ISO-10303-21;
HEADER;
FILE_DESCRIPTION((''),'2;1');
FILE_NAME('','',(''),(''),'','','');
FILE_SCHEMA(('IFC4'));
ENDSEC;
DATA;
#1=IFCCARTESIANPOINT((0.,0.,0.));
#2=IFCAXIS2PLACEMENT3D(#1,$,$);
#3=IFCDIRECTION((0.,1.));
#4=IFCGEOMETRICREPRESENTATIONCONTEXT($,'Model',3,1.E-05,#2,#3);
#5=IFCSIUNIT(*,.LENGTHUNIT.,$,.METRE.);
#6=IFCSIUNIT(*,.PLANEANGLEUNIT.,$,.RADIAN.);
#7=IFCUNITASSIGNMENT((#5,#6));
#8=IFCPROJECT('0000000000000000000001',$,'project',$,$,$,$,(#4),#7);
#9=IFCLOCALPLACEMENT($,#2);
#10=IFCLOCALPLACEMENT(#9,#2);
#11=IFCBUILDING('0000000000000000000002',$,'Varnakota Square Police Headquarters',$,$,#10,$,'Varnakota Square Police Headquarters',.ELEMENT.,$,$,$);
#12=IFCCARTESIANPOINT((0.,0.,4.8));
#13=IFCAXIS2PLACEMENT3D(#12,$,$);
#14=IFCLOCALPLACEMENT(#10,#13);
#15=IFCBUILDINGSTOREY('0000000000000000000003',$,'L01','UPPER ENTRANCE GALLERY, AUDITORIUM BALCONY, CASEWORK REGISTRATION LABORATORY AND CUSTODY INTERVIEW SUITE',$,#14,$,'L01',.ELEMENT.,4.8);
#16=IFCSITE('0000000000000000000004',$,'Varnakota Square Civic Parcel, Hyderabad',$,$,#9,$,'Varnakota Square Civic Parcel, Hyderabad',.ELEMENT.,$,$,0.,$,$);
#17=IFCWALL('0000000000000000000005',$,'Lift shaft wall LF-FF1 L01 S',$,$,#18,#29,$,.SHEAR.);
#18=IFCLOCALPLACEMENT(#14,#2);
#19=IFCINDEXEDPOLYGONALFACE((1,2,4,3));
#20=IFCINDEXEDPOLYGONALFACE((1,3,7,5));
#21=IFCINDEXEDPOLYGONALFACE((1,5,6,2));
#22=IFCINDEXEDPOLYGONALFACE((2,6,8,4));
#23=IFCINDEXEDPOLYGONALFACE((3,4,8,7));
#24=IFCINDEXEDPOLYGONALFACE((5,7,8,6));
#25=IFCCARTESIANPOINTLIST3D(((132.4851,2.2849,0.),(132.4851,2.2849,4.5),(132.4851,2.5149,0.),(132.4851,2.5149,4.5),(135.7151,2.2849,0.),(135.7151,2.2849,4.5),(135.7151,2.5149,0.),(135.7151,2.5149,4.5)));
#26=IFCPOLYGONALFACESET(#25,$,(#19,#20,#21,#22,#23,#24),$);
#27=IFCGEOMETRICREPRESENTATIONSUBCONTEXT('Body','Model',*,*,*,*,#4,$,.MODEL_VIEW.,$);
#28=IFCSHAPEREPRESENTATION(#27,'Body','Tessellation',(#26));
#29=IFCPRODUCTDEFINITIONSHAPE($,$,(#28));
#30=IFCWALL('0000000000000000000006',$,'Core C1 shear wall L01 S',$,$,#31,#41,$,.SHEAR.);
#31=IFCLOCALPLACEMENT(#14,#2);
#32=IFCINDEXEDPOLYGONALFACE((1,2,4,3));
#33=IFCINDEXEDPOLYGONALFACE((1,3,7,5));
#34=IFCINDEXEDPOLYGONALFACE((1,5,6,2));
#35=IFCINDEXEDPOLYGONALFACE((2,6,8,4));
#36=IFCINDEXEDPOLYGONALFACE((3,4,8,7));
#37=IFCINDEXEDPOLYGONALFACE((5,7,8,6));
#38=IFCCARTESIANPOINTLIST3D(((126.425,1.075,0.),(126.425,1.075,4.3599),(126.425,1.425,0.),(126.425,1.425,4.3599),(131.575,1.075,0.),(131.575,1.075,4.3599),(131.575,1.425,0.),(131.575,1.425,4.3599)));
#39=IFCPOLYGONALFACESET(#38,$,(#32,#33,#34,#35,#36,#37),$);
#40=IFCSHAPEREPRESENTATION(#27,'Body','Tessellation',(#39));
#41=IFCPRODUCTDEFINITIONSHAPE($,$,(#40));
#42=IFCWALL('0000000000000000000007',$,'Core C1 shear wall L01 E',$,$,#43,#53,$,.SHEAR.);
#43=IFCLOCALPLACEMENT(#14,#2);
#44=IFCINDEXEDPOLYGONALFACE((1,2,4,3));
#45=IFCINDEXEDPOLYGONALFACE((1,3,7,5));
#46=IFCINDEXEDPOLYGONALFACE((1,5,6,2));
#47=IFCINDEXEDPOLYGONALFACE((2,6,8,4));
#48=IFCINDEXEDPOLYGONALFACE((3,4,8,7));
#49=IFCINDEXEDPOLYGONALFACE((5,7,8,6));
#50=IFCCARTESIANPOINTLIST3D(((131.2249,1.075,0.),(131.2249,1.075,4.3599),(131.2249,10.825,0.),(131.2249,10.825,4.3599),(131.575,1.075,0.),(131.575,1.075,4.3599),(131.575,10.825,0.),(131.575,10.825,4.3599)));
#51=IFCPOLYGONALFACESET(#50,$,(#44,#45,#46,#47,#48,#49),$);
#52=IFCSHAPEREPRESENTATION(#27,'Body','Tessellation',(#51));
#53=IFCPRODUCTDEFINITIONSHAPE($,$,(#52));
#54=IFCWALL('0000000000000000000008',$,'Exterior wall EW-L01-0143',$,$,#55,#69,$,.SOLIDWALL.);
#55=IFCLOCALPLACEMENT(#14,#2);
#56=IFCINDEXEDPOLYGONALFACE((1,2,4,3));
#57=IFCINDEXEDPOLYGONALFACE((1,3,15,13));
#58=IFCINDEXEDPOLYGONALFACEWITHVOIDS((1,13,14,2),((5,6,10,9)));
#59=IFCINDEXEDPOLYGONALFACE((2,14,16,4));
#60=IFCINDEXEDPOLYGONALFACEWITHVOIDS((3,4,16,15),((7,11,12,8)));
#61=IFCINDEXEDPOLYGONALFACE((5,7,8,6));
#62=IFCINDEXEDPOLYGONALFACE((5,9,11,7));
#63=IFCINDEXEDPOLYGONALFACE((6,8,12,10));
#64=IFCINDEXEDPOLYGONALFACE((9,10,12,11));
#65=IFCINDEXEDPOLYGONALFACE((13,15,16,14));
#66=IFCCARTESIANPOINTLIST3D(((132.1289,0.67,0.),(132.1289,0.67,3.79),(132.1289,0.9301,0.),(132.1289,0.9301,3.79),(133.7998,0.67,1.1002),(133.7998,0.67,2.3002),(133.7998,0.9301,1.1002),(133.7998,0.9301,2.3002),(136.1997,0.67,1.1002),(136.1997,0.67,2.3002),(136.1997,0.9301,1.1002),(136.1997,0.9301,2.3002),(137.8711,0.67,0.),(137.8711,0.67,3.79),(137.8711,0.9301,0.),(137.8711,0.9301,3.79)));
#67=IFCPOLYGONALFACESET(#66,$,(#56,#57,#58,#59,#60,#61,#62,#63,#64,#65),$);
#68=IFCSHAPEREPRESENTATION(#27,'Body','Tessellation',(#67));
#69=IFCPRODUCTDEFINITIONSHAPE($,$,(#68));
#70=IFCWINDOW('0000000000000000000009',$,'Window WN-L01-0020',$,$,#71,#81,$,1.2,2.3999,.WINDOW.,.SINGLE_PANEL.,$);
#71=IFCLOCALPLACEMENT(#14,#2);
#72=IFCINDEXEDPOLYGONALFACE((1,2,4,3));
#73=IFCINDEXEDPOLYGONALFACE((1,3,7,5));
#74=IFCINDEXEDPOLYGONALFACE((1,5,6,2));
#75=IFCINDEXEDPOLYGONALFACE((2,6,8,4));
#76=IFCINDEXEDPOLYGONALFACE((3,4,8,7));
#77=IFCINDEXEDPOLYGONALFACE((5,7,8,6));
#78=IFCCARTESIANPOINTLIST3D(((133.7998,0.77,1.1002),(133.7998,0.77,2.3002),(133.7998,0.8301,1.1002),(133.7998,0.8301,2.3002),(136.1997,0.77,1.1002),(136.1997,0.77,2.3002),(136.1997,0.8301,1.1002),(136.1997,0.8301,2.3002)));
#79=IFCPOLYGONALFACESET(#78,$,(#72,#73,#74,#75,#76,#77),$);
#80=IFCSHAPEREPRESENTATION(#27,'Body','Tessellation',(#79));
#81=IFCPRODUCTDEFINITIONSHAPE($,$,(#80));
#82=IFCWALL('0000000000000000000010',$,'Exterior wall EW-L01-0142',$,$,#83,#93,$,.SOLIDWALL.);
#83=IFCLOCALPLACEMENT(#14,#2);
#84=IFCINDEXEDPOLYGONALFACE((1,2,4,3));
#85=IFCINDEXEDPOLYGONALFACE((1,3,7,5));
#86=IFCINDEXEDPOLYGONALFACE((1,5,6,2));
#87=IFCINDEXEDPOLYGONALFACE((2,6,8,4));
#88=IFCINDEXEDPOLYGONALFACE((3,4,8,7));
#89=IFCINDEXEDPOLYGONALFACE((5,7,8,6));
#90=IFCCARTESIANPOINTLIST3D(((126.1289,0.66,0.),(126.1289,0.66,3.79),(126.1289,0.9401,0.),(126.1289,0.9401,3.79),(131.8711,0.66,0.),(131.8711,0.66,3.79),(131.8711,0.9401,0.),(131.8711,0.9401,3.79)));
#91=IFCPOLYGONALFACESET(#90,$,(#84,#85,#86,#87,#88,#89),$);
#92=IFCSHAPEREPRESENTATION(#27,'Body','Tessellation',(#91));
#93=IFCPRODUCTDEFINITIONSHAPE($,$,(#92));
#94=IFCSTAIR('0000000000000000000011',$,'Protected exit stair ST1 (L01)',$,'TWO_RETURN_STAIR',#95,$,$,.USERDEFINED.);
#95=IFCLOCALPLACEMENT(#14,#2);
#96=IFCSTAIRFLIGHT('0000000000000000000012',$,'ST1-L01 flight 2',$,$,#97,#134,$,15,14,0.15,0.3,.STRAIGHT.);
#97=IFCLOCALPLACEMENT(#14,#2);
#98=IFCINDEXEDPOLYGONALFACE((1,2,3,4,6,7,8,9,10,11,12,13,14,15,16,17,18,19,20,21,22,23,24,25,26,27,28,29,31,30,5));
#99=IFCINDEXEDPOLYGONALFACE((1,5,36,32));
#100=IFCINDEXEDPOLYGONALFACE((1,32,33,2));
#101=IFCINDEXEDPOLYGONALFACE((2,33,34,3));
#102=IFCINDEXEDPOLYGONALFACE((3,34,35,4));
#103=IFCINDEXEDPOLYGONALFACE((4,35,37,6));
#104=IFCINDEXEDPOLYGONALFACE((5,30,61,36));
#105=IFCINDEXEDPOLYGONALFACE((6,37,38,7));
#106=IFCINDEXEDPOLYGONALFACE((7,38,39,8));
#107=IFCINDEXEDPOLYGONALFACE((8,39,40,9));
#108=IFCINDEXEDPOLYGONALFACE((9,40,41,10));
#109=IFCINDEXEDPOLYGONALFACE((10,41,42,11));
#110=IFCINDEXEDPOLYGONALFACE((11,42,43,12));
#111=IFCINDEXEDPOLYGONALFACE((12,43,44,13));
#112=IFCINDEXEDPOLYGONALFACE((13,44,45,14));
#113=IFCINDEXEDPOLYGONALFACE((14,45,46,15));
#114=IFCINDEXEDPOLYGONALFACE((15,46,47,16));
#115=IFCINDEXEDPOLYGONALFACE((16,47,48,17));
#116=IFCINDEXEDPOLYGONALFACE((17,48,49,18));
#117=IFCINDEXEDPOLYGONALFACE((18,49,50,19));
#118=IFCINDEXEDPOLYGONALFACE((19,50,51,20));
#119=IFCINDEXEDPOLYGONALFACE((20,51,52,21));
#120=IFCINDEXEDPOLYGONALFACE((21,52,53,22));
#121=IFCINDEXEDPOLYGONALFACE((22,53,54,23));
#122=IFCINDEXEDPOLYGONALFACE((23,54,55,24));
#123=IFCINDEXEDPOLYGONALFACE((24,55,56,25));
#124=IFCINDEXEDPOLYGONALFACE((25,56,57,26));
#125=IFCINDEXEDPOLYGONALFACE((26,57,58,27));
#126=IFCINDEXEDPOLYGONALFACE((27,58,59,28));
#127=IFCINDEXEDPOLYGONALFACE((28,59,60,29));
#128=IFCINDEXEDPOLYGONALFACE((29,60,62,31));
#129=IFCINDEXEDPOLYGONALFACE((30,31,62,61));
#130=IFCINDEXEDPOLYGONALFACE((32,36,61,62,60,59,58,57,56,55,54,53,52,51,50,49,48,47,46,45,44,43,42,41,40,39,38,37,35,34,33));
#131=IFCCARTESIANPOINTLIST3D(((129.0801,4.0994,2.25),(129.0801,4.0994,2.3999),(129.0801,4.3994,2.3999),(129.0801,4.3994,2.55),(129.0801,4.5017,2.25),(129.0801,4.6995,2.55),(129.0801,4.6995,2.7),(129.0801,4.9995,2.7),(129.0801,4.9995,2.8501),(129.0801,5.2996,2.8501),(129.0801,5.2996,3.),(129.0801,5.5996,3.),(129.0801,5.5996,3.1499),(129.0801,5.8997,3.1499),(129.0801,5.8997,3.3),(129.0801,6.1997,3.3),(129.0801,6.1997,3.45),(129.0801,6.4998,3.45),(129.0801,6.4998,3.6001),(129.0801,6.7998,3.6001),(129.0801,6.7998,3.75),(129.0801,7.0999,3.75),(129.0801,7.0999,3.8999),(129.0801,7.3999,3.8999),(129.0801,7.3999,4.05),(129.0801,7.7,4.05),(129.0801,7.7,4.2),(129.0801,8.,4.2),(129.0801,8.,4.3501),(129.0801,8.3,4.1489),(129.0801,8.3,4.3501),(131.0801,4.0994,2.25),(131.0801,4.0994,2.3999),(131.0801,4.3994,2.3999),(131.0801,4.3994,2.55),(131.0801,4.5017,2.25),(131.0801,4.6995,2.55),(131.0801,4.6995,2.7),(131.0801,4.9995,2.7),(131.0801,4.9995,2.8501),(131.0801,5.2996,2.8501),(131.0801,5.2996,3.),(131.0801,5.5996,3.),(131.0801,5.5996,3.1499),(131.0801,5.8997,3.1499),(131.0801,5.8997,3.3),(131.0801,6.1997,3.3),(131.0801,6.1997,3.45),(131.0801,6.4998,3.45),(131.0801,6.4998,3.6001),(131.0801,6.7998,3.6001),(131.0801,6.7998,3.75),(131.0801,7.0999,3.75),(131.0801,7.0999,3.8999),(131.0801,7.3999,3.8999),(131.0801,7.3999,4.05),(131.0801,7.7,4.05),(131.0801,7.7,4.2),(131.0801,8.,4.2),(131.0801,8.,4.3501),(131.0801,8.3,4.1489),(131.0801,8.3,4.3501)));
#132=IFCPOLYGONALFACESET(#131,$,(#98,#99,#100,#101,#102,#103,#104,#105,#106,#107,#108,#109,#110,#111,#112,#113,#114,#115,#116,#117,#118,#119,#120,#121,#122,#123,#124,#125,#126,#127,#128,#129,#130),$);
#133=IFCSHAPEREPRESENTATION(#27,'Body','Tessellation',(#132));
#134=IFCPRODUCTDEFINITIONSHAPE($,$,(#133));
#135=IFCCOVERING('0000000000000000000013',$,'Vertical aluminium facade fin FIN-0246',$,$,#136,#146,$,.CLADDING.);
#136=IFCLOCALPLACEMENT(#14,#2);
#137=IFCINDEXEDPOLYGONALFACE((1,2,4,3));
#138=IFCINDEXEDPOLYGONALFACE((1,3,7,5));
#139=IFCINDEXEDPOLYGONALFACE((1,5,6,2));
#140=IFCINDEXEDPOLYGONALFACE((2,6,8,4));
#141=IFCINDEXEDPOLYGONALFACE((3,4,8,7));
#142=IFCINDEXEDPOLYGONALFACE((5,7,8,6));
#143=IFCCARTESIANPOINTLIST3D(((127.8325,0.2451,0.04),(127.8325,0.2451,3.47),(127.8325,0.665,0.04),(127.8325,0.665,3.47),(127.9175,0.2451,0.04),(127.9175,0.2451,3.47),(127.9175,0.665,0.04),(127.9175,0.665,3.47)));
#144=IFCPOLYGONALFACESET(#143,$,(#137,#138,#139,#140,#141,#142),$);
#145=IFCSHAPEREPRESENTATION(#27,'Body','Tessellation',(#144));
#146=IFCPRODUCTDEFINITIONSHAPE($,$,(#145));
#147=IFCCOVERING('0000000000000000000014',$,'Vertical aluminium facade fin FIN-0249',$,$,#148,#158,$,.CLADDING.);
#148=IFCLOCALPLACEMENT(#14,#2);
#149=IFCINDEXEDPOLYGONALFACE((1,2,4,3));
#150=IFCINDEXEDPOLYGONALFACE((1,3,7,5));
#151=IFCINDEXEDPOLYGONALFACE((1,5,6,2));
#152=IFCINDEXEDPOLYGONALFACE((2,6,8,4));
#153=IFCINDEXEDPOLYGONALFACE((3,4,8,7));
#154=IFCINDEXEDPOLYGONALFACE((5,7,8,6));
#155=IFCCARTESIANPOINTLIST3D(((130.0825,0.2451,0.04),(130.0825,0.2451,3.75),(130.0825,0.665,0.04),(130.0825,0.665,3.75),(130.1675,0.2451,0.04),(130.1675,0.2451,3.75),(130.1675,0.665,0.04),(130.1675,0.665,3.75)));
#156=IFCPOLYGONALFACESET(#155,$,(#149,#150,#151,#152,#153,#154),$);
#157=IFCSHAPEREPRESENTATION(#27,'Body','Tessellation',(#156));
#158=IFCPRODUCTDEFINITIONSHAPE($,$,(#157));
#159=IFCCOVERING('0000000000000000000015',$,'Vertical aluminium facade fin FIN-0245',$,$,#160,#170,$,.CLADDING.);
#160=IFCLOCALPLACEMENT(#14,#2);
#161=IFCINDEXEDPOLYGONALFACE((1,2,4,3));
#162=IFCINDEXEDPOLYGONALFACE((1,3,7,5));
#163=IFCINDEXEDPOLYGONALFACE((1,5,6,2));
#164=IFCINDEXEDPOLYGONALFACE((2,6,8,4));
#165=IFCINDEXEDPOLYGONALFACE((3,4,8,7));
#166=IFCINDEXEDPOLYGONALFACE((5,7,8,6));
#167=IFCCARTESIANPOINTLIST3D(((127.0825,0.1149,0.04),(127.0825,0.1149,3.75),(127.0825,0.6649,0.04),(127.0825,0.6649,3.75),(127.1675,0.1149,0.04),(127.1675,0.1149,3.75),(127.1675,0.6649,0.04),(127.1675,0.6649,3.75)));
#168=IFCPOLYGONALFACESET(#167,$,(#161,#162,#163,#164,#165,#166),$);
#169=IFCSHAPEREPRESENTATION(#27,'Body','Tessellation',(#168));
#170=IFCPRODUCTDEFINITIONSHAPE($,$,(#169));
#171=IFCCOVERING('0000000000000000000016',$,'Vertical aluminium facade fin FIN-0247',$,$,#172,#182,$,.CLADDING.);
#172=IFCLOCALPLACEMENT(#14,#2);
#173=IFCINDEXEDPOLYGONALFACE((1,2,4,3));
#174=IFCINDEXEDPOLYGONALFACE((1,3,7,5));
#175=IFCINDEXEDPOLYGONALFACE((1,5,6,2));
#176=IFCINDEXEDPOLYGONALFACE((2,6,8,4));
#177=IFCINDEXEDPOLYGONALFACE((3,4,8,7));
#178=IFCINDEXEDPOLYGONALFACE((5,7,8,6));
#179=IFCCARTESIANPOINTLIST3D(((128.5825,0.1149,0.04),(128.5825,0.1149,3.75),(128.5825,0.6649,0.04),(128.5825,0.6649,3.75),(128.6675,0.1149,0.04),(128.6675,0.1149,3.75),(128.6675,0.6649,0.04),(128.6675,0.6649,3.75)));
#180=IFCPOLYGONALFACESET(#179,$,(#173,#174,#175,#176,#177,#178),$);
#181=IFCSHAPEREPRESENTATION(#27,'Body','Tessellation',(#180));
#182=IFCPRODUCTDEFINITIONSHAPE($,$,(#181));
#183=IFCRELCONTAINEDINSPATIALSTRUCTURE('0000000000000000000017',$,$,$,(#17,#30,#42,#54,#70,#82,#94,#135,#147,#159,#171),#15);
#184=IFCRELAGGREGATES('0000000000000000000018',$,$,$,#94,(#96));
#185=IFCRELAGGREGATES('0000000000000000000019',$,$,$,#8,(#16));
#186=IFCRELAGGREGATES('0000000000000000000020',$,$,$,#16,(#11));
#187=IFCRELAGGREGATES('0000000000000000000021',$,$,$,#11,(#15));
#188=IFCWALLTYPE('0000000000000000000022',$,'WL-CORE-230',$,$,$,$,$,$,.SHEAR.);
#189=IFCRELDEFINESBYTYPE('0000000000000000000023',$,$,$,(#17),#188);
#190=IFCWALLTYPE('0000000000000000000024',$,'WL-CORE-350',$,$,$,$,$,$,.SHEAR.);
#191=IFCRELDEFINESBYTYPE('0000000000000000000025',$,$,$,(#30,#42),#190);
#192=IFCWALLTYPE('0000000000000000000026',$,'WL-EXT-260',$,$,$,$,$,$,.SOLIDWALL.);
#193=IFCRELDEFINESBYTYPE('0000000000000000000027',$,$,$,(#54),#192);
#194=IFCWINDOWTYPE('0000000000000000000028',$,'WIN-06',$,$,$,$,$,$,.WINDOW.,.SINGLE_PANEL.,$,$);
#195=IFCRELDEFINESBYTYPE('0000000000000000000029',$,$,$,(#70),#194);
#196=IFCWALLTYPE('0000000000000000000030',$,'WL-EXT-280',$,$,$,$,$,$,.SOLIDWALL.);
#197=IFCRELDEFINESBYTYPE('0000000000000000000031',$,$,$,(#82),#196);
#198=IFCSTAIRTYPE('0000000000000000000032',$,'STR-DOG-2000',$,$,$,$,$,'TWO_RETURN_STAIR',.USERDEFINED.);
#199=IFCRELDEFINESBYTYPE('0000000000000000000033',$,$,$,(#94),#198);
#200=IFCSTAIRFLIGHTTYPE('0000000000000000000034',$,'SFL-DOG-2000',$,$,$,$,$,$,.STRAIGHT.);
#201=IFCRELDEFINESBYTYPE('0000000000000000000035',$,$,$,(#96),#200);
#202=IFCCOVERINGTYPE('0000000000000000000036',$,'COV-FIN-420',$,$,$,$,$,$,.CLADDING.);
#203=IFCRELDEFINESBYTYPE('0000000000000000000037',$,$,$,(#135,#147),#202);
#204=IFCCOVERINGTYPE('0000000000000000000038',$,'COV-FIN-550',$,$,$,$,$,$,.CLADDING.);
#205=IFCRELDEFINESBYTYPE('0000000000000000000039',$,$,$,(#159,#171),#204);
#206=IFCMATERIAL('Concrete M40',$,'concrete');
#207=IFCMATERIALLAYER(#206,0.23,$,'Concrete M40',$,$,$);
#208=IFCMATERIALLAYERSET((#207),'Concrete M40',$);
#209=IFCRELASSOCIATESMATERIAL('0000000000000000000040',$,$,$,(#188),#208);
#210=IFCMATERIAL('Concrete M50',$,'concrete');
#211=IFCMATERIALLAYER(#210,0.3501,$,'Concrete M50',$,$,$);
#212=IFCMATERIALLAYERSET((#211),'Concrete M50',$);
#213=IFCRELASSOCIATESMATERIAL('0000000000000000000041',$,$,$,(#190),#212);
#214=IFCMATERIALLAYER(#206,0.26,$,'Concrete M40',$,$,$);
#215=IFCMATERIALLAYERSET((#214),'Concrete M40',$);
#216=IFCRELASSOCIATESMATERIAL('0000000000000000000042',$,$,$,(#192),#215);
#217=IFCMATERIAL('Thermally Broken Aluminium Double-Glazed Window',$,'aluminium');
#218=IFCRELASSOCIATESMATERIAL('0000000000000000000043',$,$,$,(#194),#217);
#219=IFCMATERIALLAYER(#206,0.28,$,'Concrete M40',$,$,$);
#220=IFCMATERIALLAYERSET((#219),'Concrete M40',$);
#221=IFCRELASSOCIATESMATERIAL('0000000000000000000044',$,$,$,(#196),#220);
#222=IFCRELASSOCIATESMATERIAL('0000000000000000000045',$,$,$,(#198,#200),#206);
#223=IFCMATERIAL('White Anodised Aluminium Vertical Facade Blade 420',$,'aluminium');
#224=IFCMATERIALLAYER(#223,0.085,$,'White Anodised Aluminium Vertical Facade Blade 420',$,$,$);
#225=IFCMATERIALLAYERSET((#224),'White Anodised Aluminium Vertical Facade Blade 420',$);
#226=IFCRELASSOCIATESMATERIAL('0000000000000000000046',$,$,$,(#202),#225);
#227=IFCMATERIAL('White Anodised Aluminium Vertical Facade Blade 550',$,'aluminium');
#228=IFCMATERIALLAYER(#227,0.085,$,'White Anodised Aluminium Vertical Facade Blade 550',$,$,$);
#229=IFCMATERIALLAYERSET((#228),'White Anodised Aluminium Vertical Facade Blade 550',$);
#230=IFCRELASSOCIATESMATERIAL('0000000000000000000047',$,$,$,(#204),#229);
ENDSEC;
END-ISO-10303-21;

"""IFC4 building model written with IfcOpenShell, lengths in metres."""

from ifc_helpers import new_model, si_unit, direction, frame, frame_2d, origin, origin_2d, place, context, subcontext, project, spatial, polyline, rectangle, outline, extrude, material, layer, layer_set, type_object, element, fill, aggregate, save


model = new_model("IFC4")

# Units and contexts
model_context = context("Model", 3, precision=1e-05, world=origin(), true_north=direction((0.0, 1.0)))
body_context = subcontext(model_context, "Body", "Model", "MODEL_VIEW")
ifc_project = project(units=[si_unit("LENGTHUNIT", "METRE"), si_unit("PLANEANGLEUNIT", "RADIAN")], contexts=[model_context])

# Site, building, storey
site_placement = place(None, origin())
site = spatial("IfcSite", under=ifc_project, at=site_placement, Name="Varnakota Square Civic Parcel, Hyderabad", LongName="Varnakota Square Civic Parcel, Hyderabad", CompositionType="ELEMENT", RefElevation=0.0)
building_placement = place(site_placement, origin())
building = spatial("IfcBuilding", under=site, at=building_placement, Name="Varnakota Square Police Headquarters", LongName="Varnakota Square Police Headquarters", CompositionType="ELEMENT")
storey_placement = place(building_placement, frame((0.0, 0.0, 4.8)))
storey = spatial("IfcBuildingStorey", under=building, at=storey_placement, Name="L01", Description="UPPER ENTRANCE GALLERY, AUDITORIUM BALCONY, CASEWORK REGISTRATION LABORATORY AND CUSTODY INTERVIEW SUITE", LongName="L01", CompositionType="ELEMENT", Elevation=4.8)

# Walls
ifc_material_1 = material(Name="Concrete M40", Category="concrete")
ifc_layer_1 = layer(ifc_material_1, 0.23, Name="Concrete M40")
ifc_layer_set_1 = layer_set([ifc_layer_1], Name="Concrete M40")
wall_type_1 = type_object("IfcWallType", Name="WL-CORE-230", PredefinedType="SHEAR", material=ifc_layer_set_1)
wall_1_placement = place(storey_placement, frame((132.4851, 2.3999, 0.0), z_axis=(0.0, 0.0, 1.0), x_axis=(1.0, 0.0, 0.0)))
element("IfcWall", 1, at=wall_1_placement, inside=storey, type_object=wall_type_1, Name="Lift shaft wall LF-FF1 L01 S", PredefinedType="SHEAR", context=body_context, shape_type="SweptSolid", body=[
    extrude(rectangle(XDim=3.23, YDim=0.23, at=frame_2d((1.615, 0.0))), origin(), (0.0, 0.0, 1.0), 4.5),
])
ifc_material_2 = material(Name="Concrete M50", Category="concrete")
ifc_layer_2 = layer(ifc_material_2, 0.3501, Name="Concrete M50")
ifc_layer_set_2 = layer_set([ifc_layer_2], Name="Concrete M50")
wall_type_2 = type_object("IfcWallType", Name="WL-CORE-350", PredefinedType="SHEAR", material=ifc_layer_set_2)
wall_2_placement = place(storey_placement, frame((126.425, 1.25, 0.0), z_axis=(0.0, 0.0, 1.0), x_axis=(1.0, 0.0, 0.0)))
element("IfcWall", 2, at=wall_2_placement, inside=storey, type_object=wall_type_2, Name="Core C1 shear wall L01 S", PredefinedType="SHEAR", context=body_context, shape_type="SweptSolid", body=[
    extrude(rectangle(XDim=5.1499, YDim=0.3501, at=frame_2d((2.575, 0.0))), origin(), (0.0, 0.0, 1.0), 4.3599),
])
wall_3_placement = place(storey_placement, frame((131.3999, 1.075, 0.0), z_axis=(0.0, 0.0, 1.0), x_axis=(0.0, 1.0, 0.0)))
element("IfcWall", 3, at=wall_3_placement, inside=storey, type_object=wall_type_2, Name="Core C1 shear wall L01 E", PredefinedType="SHEAR", context=body_context, shape_type="SweptSolid", body=[
    extrude(rectangle(XDim=9.75, YDim=0.3501, at=frame_2d((4.875, 0.0))), origin(), (0.0, 0.0, 1.0), 4.3599),
])

# Wall, opening, window
ifc_layer_3 = layer(ifc_material_1, 0.26, Name="Concrete M40")
ifc_layer_set_3 = layer_set([ifc_layer_3], Name="Concrete M40")
wall_type_3 = type_object("IfcWallType", Name="WL-EXT-260", PredefinedType="SOLIDWALL", material=ifc_layer_set_3)
wall_4_placement = place(storey_placement, frame((132.1289, 0.8, 0.0), z_axis=(0.0, 0.0, 1.0), x_axis=(1.0, 0.0, 0.0)))
wall_4 = element("IfcWall", 4, at=wall_4_placement, inside=storey, type_object=wall_type_3, Name="Exterior wall EW-L01-0143", PredefinedType="SOLIDWALL", context=body_context, shape_type="SweptSolid", body=[
    extrude(rectangle(XDim=5.7422, YDim=0.26, at=frame_2d((2.8711, 0.0))), origin(), (0.0, 0.0, 1.0), 3.79),
])
opening_placement = place(wall_4_placement, frame((1.6709, 0.0, 1.1001)))
opening = element("IfcOpeningElement", 5, at=opening_placement, cuts=wall_4, PredefinedType="OPENING", context=body_context, shape_type="SweptSolid", body=[
    extrude(rectangle(XDim=2.3999, YDim=1.2, at=frame_2d((1.2, 0.6001))), frame((0.0, 0.1399, 0.0), z_axis=(0.0, -1.0, 0.0), x_axis=(1.0, 0.0, 0.0)), (0.0, 0.0, 1.0), 0.28),
])
ifc_material_3 = material(Name="Thermally Broken Aluminium Double-Glazed Window", Category="aluminium")
window_type = type_object("IfcWindowType", Name="WIN-06", PartitioningType="SINGLE_PANEL", PredefinedType="WINDOW", material=ifc_material_3)
window_placement = place(opening_placement, origin())
window = element("IfcWindow", 6, at=window_placement, inside=storey, type_object=window_type, Name="Window WN-L01-0020", OverallHeight=1.2, OverallWidth=2.3999, PartitioningType="SINGLE_PANEL", PredefinedType="WINDOW", context=body_context, shape_type="SweptSolid", body=[
    extrude(rectangle(XDim=2.3999, YDim=1.2, at=frame_2d((1.2, 0.6001))), frame((0.0, 0.03, 0.0), z_axis=(0.0, -1.0, 0.0), x_axis=(1.0, 0.0, 0.0)), (0.0, 0.0, 1.0), 0.0601),
])
fill(opening, window)

# Wall
ifc_layer_4 = layer(ifc_material_1, 0.28, Name="Concrete M40")
ifc_layer_set_4 = layer_set([ifc_layer_4], Name="Concrete M40")
wall_type_4 = type_object("IfcWallType", Name="WL-EXT-280", PredefinedType="SOLIDWALL", material=ifc_layer_set_4)
wall_5_placement = place(storey_placement, frame((126.1289, 0.8, 0.0), z_axis=(0.0, 0.0, 1.0), x_axis=(1.0, 0.0, 0.0)))
element("IfcWall", 7, at=wall_5_placement, inside=storey, type_object=wall_type_4, Name="Exterior wall EW-L01-0142", PredefinedType="SOLIDWALL", context=body_context, shape_type="SweptSolid", body=[
    extrude(rectangle(XDim=5.7422, YDim=0.28, at=frame_2d((2.8711, 0.0))), origin(), (0.0, 0.0, 1.0), 3.79),
])

# Stair, stair flight
stair_type = type_object("IfcStairType", Name="STR-DOG-2000", ElementType="TWO_RETURN_STAIR", PredefinedType="USERDEFINED", material=ifc_material_1)
stair_placement = place(storey_placement, origin())
stair = element("IfcStair", 8, at=stair_placement, inside=storey, type_object=stair_type, Name="Protected exit stair ST1 (L01)", ObjectType="TWO_RETURN_STAIR", PredefinedType="USERDEFINED")
stair_flight_type = type_object("IfcStairFlightType", Name="SFL-DOG-2000", PredefinedType="STRAIGHT", material=ifc_material_1)
stair_flight_placement = place(storey_placement, frame((130.0801, 4.0994, 2.25), z_axis=(0.0, 0.0, 1.0), x_axis=(0.0, 1.0, 0.0)))
stair_flight = element("IfcStairFlight", 9, at=stair_flight_placement, type_object=stair_flight_type, Name="ST1-L01 flight 2", NumberOfRisers=15, NumberOfTreads=14, PredefinedType="STRAIGHT", RiserHeight=0.15, TreadLength=0.3, context=body_context, shape_type="SweptSolid", body=[
    extrude(outline(polyline([(0.0, 0.0), (0.0, 0.1499), (0.3, 0.1499), (0.3, 0.3), (0.6001, 0.3), (0.6001, 0.45), (0.9001, 0.45), (0.9001, 0.6001), (1.2002, 0.6001), (1.2002, 0.75), (1.5002, 0.75), (1.5002, 0.8999), (1.8003, 0.8999), (1.8003, 1.05), (2.1003, 1.05), (2.1003, 1.2), (2.4004, 1.2), (2.4004, 1.3501), (2.7004, 1.3501), (2.7004, 1.5), (3.0005, 1.5), (3.0005, 1.6499), (3.3005, 1.6499), (3.3005, 1.8), (3.6006, 1.8), (3.6006, 1.95), (3.9006, 1.95), (3.9006, 2.1001), (4.2007, 2.1001), (4.2007, 2.25), (4.2007, 1.8989), (0.4023, 0.0), (0.0, 0.0)])), frame((0.0, 1.0, 0.0), z_axis=(0.0, -1.0, 0.0), x_axis=(1.0, 0.0, 0.0)), (0.0, 0.0, 1.0), 2.0),
])
aggregate(stair, [stair_flight])

# Coverings
ifc_material_4 = material(Name="White Anodised Aluminium Vertical Facade Blade 420", Category="aluminium")
ifc_layer_5 = layer(ifc_material_4, 0.085, Name="White Anodised Aluminium Vertical Facade Blade 420")
ifc_layer_set_5 = layer_set([ifc_layer_5], Name="White Anodised Aluminium Vertical Facade Blade 420")
covering_type_1 = type_object("IfcCoveringType", Name="COV-FIN-420", PredefinedType="CLADDING", material=ifc_layer_set_5)
covering_1_placement = place(storey_placement, frame((127.875, 0.4551, 0.04), z_axis=(0.0, 0.0, 1.0), x_axis=(1.0, 0.0, 0.0)))
element("IfcCovering", 10, at=covering_1_placement, inside=storey, type_object=covering_type_1, Name="Vertical aluminium facade fin FIN-0246", PredefinedType="CLADDING", context=body_context, shape_type="SweptSolid", body=[
    extrude(rectangle(XDim=0.085, YDim=0.4199, at=origin_2d()), origin(), (0.0, 0.0, 1.0), 3.4299),
])
covering_2_placement = place(storey_placement, frame((130.125, 0.4551, 0.04), z_axis=(0.0, 0.0, 1.0), x_axis=(1.0, 0.0, 0.0)))
element("IfcCovering", 11, at=covering_2_placement, inside=storey, type_object=covering_type_1, Name="Vertical aluminium facade fin FIN-0249", PredefinedType="CLADDING", context=body_context, shape_type="SweptSolid", body=[
    extrude(rectangle(XDim=0.085, YDim=0.4199, at=origin_2d()), origin(), (0.0, 0.0, 1.0), 3.71),
])
ifc_material_5 = material(Name="White Anodised Aluminium Vertical Facade Blade 550", Category="aluminium")
ifc_layer_6 = layer(ifc_material_5, 0.085, Name="White Anodised Aluminium Vertical Facade Blade 550")
ifc_layer_set_6 = layer_set([ifc_layer_6], Name="White Anodised Aluminium Vertical Facade Blade 550")
covering_type_2 = type_object("IfcCoveringType", Name="COV-FIN-550", PredefinedType="CLADDING", material=ifc_layer_set_6)
for number, where, z_axis, x_axis, name in (
    (12, (127.125, 0.3899, 0.04), (0.0, 0.0, 1.0), (1.0, 0.0, 0.0), "Vertical aluminium facade fin FIN-0245"),
    (13, (128.625, 0.3899, 0.04), (0.0, 0.0, 1.0), (1.0, 0.0, 0.0), "Vertical aluminium facade fin FIN-0247"),
):
    element("IfcCovering", number, at=place(storey_placement, frame(where, z_axis=z_axis, x_axis=x_axis)), inside=storey, type_object=covering_type_2, Name=name, PredefinedType="CLADDING", context=body_context, shape_type="SweptSolid", body=[
        extrude(rectangle(XDim=0.085, YDim=0.55, at=origin_2d()), origin(), (0.0, 0.0, 1.0), 3.71),
    ])

save(model, "model.ifc")
